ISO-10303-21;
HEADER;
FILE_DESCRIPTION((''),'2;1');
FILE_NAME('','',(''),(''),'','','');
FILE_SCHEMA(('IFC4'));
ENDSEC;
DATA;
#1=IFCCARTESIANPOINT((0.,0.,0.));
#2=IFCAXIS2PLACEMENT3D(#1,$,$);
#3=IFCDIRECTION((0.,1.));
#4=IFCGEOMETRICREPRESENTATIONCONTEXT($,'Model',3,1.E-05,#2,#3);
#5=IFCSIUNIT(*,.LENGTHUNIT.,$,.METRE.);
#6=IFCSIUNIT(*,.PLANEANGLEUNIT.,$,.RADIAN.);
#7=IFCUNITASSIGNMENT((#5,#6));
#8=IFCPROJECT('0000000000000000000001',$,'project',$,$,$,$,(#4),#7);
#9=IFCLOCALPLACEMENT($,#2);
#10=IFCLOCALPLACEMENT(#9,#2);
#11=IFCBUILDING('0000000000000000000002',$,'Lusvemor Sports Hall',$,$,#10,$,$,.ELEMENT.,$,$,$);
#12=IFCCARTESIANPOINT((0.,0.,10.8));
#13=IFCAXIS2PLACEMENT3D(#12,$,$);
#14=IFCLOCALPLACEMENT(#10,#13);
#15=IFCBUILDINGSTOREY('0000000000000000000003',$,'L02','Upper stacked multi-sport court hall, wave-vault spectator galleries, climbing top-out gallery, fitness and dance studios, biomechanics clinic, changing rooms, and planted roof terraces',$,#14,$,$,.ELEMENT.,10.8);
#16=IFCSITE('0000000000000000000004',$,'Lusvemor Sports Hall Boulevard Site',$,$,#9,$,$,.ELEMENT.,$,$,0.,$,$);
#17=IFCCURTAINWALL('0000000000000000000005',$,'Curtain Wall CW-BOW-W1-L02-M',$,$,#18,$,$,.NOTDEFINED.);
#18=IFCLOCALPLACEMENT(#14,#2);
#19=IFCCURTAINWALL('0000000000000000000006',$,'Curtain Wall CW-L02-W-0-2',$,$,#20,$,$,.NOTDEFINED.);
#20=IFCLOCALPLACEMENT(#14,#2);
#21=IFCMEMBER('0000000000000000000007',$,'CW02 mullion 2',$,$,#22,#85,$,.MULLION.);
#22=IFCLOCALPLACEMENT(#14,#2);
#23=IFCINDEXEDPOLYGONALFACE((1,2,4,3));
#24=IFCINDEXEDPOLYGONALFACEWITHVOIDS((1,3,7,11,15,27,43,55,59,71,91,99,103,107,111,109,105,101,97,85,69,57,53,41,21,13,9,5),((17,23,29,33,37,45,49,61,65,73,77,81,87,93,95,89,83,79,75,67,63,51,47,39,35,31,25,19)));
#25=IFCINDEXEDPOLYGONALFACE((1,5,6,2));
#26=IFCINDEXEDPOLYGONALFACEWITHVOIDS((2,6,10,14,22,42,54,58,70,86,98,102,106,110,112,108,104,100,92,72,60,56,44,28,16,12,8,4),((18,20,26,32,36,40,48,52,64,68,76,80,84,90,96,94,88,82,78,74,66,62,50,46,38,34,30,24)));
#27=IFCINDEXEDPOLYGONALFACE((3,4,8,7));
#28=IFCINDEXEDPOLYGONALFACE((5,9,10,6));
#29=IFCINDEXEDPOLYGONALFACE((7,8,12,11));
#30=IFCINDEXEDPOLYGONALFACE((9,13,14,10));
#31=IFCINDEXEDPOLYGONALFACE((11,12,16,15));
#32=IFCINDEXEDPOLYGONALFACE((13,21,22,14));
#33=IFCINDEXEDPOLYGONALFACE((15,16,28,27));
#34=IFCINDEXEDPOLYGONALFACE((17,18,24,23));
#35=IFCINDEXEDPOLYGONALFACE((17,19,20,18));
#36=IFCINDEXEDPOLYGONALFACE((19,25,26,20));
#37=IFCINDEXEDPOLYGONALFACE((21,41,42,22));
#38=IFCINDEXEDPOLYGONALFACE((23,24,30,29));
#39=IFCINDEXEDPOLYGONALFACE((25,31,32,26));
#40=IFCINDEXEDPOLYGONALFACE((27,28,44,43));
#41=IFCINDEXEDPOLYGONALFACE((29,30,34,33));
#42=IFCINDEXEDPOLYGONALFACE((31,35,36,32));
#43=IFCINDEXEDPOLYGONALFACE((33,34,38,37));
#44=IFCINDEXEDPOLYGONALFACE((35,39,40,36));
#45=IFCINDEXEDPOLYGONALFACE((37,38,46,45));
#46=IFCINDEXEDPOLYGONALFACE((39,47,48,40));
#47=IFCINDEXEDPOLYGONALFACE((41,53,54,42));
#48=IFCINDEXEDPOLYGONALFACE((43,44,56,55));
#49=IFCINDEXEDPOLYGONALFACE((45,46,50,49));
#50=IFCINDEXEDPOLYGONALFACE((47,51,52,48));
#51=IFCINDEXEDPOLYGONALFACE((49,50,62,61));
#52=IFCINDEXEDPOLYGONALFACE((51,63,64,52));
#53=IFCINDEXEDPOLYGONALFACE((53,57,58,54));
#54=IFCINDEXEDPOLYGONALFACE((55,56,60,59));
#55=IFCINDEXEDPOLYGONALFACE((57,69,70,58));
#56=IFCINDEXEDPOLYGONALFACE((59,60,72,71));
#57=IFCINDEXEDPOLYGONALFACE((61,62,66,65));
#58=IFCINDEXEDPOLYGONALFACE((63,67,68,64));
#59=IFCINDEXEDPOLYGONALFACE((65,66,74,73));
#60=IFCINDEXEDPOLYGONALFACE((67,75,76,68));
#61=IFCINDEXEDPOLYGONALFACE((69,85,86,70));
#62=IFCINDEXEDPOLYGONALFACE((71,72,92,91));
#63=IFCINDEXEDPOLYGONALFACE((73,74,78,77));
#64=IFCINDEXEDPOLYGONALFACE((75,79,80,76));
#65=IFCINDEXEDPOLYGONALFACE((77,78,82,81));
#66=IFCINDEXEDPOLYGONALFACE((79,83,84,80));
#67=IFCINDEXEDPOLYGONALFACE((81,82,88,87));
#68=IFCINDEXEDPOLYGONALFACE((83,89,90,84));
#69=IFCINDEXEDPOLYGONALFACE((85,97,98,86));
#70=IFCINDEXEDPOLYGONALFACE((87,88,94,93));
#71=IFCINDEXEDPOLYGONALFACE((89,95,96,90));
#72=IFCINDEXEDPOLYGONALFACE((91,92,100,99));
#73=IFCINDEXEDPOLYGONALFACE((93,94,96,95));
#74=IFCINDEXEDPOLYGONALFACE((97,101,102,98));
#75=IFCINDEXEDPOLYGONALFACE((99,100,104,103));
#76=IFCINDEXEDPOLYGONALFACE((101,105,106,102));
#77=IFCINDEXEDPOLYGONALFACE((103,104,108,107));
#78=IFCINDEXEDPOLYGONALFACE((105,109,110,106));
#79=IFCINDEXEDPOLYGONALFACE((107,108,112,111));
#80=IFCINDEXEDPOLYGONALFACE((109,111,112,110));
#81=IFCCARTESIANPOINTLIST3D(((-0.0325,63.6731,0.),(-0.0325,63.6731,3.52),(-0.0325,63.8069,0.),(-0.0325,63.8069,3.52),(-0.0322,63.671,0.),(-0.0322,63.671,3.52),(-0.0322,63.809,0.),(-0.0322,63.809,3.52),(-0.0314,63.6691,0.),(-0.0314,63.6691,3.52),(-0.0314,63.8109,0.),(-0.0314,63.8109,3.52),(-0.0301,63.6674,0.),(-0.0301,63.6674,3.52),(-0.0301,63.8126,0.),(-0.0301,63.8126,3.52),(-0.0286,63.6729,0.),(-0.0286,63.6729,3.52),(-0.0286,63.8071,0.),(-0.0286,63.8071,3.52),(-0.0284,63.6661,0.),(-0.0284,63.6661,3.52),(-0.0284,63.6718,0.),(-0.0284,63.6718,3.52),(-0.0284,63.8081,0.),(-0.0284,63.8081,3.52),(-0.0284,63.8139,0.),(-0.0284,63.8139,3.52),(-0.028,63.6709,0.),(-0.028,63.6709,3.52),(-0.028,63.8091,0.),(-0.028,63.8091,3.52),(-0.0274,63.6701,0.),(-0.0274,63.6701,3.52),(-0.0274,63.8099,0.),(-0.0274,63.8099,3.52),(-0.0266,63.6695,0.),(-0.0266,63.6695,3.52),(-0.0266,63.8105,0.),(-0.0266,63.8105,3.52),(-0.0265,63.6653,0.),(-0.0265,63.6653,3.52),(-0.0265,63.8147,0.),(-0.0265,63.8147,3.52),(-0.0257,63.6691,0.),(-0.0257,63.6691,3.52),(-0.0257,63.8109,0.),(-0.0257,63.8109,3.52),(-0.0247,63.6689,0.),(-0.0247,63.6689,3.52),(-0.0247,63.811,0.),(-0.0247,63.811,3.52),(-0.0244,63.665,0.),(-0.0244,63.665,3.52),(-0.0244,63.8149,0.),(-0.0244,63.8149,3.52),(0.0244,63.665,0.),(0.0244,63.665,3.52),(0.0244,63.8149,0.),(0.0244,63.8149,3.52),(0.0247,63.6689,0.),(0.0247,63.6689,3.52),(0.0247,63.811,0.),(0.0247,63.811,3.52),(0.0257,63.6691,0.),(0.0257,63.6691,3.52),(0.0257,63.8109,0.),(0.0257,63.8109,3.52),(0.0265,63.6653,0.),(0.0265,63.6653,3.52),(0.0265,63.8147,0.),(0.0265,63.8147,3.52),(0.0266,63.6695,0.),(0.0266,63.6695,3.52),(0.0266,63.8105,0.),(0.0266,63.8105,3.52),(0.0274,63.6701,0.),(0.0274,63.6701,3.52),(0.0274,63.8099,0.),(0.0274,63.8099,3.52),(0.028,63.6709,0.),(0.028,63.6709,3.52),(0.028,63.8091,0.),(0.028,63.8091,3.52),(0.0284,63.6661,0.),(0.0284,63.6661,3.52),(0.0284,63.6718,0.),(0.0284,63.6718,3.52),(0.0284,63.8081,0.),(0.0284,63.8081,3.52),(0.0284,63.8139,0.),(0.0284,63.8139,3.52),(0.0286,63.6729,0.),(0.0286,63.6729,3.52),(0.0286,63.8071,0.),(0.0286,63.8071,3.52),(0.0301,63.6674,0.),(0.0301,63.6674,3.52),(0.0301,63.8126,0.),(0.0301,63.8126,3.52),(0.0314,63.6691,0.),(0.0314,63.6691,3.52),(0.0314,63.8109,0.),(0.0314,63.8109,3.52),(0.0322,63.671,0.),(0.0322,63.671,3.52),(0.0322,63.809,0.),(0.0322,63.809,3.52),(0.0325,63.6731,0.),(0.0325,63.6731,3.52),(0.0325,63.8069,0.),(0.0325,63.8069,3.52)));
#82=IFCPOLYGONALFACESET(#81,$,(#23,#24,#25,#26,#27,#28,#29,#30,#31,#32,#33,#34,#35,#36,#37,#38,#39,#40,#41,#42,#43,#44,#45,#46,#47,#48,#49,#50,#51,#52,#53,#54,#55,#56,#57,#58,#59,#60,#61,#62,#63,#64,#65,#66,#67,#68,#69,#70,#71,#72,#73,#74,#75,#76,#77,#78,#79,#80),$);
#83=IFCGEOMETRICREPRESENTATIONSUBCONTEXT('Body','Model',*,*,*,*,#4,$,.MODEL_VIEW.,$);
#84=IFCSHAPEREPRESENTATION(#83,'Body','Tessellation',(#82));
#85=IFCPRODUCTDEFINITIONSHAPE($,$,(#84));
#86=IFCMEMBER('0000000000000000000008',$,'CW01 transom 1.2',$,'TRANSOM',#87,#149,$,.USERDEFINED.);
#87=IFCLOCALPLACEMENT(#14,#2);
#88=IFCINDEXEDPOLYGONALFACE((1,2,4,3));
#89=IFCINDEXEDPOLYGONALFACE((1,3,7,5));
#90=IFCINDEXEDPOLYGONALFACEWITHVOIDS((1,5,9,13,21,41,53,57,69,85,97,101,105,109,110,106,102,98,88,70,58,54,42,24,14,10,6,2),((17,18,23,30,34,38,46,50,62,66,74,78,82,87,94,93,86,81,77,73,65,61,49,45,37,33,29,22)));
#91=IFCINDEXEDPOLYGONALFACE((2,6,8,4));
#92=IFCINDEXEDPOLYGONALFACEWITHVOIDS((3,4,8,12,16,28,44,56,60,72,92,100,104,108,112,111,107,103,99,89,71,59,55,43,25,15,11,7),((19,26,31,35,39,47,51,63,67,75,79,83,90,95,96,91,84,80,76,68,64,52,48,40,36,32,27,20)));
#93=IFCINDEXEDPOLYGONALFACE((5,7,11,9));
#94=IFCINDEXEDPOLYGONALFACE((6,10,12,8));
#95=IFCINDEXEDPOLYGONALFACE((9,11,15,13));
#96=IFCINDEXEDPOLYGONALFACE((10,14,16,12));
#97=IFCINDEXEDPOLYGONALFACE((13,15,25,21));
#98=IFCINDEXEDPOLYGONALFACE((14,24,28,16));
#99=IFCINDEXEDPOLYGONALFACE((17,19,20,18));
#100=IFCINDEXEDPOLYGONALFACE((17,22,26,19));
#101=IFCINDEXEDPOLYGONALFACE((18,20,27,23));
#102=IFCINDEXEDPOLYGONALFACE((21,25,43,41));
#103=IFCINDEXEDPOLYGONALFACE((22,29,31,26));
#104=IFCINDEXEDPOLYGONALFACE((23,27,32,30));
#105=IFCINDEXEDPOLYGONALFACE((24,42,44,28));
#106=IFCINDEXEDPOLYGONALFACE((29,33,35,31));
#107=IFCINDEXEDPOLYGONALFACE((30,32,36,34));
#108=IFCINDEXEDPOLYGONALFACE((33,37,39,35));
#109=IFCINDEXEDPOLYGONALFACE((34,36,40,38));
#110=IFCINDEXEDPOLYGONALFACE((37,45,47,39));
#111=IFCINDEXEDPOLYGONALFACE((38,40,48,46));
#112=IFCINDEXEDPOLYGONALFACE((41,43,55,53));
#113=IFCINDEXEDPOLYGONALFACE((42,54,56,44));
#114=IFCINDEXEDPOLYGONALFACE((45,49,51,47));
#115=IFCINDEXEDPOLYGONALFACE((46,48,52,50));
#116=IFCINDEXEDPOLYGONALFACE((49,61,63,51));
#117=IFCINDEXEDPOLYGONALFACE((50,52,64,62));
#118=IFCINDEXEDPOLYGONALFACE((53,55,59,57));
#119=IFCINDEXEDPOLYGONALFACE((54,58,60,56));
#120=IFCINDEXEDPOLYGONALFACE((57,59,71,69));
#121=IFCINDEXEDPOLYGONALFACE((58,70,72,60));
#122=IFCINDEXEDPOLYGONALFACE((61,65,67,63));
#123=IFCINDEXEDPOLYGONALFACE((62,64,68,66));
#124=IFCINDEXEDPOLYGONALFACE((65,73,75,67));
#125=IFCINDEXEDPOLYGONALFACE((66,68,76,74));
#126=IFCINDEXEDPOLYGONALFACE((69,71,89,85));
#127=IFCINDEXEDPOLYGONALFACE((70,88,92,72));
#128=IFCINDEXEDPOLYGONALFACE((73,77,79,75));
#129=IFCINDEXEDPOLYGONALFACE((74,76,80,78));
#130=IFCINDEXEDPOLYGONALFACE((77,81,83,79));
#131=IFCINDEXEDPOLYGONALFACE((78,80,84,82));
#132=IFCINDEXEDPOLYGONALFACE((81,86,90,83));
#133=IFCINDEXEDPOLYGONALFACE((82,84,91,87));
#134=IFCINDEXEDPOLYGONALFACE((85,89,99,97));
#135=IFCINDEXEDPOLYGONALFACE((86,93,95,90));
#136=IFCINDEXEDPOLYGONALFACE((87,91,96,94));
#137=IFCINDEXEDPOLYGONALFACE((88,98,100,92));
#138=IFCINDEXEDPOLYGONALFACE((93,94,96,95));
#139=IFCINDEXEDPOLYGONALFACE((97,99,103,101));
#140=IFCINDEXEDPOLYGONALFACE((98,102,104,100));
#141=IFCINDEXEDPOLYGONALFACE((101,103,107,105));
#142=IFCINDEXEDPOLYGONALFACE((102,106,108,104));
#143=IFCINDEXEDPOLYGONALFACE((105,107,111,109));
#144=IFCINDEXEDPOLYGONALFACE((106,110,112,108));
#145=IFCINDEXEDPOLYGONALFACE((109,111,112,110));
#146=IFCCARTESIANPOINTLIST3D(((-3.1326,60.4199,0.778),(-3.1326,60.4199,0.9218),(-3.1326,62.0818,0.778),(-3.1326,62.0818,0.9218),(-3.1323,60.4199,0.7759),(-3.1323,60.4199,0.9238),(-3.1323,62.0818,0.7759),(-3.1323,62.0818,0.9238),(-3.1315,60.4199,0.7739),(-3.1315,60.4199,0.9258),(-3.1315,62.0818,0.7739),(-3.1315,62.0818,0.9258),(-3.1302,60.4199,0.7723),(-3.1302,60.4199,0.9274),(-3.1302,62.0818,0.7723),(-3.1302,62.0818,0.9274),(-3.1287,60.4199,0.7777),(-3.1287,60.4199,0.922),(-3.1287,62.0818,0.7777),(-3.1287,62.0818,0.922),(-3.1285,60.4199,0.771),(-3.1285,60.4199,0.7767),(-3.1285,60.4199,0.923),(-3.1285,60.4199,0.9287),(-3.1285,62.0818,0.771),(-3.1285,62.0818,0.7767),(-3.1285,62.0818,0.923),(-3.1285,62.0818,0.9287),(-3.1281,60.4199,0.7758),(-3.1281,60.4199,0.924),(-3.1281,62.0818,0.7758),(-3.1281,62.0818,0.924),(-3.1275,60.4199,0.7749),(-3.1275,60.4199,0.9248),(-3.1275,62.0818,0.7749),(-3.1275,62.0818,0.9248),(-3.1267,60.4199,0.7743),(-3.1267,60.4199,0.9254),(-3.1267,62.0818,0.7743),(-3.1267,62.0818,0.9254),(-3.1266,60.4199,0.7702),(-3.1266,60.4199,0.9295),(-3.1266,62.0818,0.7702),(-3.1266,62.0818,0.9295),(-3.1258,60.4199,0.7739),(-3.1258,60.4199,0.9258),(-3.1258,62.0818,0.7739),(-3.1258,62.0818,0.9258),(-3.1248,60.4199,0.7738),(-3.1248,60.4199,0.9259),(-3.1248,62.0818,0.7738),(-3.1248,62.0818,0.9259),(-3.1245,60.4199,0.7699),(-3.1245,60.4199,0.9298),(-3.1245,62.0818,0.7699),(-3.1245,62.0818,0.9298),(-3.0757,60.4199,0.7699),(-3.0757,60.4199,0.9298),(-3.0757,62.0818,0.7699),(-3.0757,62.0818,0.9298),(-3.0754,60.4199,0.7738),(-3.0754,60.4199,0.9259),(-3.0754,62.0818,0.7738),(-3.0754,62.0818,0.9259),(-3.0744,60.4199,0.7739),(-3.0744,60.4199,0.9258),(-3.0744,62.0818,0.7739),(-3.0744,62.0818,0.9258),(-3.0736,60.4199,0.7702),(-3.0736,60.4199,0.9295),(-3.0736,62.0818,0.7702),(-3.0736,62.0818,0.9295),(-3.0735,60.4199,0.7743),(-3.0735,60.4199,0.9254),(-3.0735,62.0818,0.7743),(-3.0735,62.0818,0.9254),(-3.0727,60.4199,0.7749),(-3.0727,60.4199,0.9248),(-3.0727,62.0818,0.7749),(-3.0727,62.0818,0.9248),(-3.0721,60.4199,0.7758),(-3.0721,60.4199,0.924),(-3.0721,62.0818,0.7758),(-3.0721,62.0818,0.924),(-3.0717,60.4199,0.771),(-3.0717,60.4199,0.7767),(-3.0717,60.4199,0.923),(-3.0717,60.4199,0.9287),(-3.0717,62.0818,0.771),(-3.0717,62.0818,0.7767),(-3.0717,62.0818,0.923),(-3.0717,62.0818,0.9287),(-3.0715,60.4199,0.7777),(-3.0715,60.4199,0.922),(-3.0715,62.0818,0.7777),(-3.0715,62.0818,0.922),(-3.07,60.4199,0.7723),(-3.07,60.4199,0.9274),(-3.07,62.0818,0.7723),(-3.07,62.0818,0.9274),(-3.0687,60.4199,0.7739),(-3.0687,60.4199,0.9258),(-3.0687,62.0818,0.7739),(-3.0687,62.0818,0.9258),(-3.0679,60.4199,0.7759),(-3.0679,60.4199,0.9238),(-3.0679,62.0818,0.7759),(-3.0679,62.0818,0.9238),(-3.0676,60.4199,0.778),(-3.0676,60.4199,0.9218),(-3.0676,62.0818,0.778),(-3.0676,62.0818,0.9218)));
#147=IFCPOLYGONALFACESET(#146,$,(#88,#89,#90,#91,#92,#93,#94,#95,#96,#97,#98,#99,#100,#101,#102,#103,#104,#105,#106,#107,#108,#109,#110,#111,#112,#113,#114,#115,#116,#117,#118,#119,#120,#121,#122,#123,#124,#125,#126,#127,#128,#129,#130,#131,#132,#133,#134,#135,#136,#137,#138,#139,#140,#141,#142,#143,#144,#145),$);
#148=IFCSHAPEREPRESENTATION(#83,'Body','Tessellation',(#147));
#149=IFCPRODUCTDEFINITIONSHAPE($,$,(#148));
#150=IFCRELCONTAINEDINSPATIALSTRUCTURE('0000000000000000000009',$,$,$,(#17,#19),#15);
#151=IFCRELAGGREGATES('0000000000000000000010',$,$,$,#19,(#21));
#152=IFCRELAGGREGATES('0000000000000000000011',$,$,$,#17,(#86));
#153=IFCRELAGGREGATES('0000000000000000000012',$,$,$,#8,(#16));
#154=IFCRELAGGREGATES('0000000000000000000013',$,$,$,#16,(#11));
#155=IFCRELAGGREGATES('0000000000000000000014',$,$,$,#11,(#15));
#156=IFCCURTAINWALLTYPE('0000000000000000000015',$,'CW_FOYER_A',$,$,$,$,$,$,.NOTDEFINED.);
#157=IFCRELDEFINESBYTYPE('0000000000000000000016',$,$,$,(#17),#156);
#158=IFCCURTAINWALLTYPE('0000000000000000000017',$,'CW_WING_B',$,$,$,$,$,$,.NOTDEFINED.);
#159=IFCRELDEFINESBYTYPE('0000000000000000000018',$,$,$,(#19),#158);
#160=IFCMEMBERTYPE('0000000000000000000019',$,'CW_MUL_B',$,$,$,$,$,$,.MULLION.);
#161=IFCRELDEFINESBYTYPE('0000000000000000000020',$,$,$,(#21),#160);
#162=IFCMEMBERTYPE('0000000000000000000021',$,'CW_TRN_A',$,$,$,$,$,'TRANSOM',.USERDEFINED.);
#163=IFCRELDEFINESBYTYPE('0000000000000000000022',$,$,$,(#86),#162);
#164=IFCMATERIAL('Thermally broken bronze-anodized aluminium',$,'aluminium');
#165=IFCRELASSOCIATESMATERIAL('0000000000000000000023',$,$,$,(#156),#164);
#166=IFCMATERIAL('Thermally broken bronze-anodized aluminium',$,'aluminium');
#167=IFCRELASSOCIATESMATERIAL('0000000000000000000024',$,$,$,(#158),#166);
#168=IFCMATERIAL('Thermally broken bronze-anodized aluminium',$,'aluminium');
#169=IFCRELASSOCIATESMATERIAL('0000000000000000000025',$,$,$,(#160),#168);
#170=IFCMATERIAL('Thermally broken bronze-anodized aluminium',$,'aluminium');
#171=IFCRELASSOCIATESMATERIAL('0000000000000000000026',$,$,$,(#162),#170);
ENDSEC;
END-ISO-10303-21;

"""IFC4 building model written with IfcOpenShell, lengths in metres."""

from ifc_helpers import new_model, si_unit, direction, frame, origin, origin_2d, place, context, subcontext, project, spatial, hollow_rectangle, extrude, material, material_profile, profile_set, type_object, element, aggregate, save


model = new_model("IFC4")

# Units and contexts
model_context = context("Model", 3, precision=1e-05, world=origin(), true_north=direction((0.0, 1.0)))
body_context = subcontext(model_context, "Body", "Model", "MODEL_VIEW")
ifc_project = project(units=[si_unit("LENGTHUNIT", "METRE"), si_unit("PLANEANGLEUNIT", "RADIAN")], contexts=[model_context])

# Site, building, storey
site_placement = place(None, origin())
site = spatial("IfcSite", under=ifc_project, at=site_placement, Name="Lusvemor Sports Hall Boulevard Site", CompositionType="ELEMENT", RefElevation=0.0)
building_placement = place(site_placement, origin())
building = spatial("IfcBuilding", under=site, at=building_placement, Name="Lusvemor Sports Hall", CompositionType="ELEMENT")
storey_placement = place(building_placement, frame((0.0, 0.0, 10.8)))
storey = spatial("IfcBuildingStorey", under=building, at=storey_placement, Name="L02", Description="Upper stacked multi-sport court hall, wave-vault spectator galleries, climbing top-out gallery, fitness and dance studios, biomechanics clinic, changing rooms, and planted roof terraces", CompositionType="ELEMENT", Elevation=10.8)

# Curtain wall
ifc_material_1 = material(Name="Thermally broken bronze-anodized aluminium", Category="aluminium")
curtain_wall_type_1 = type_object("IfcCurtainWallType", Name="CW_FOYER_A", PredefinedType="NOTDEFINED", material=ifc_material_1)
curtain_wall_1_placement = place(storey_placement, origin())
curtain_wall_1 = element("IfcCurtainWall", 1, at=curtain_wall_1_placement, inside=storey, type_object=curtain_wall_type_1, Name="Curtain Wall CW-BOW-W1-L02-M", PredefinedType="NOTDEFINED")

# Curtain wall, member
ifc_material_2 = material(Name="Thermally broken bronze-anodized aluminium", Category="aluminium")
curtain_wall_type_2 = type_object("IfcCurtainWallType", Name="CW_WING_B", PredefinedType="NOTDEFINED", material=ifc_material_2)
curtain_wall_2_placement = place(storey_placement, origin())
curtain_wall_2 = element("IfcCurtainWall", 2, at=curtain_wall_2_placement, inside=storey, type_object=curtain_wall_type_2, Name="Curtain Wall CW-L02-W-0-2", PredefinedType="NOTDEFINED")
ifc_material_3 = material(Name="Thermally broken bronze-anodized aluminium", Category="aluminium")
ifc_material_profile_1 = material_profile(ifc_material_3, hollow_rectangle(XDim=0.0649, YDim=0.1499, WallThickness=0.0039, InnerFilletRadius=0.0039, OuterFilletRadius=0.0081, at=origin_2d()), Name="CWMUL150x65x4")
ifc_profile_set_1 = profile_set([ifc_material_profile_1], Name="Thermally broken bronze-anodized aluminium")
member_type_1 = type_object("IfcMemberType", Name="CW_MUL_B", PredefinedType="MULLION", material=ifc_profile_set_1)
member_1_placement = place(storey_placement, frame((0.0, 63.74, 0.0), z_axis=(0.0, 0.0, 1.0), x_axis=(-1.0, 0.0, 0.0)))
member_1 = element("IfcMember", 3, at=member_1_placement, type_object=member_type_1, Name="CW02 mullion 2", PredefinedType="MULLION", context=body_context, shape_type="SweptSolid", body=[
    extrude(hollow_rectangle(XDim=0.0649, YDim=0.1499, WallThickness=0.0039, InnerFilletRadius=0.0039, OuterFilletRadius=0.0081, at=origin_2d()), origin(), (0.0, 0.0, 1.0), 3.52),
])

# Member
ifc_material_4 = material(Name="Thermally broken bronze-anodized aluminium", Category="aluminium")
ifc_material_profile_2 = material_profile(ifc_material_4, hollow_rectangle(XDim=0.0649, YDim=0.1599, WallThickness=0.0039, InnerFilletRadius=0.0039, OuterFilletRadius=0.0081, at=origin_2d()), Name="CWTRN160x65x4")
ifc_profile_set_2 = profile_set([ifc_material_profile_2], Name="Thermally broken bronze-anodized aluminium")
member_type_2 = type_object("IfcMemberType", Name="CW_TRN_A", ElementType="TRANSOM", PredefinedType="USERDEFINED", material=ifc_profile_set_2)
member_2_placement = place(storey_placement, frame((-3.1001, 60.4199, 0.8499), z_axis=(0.0, 1.0, 0.0), x_axis=(-1.0, 0.0, 0.0)))
member_2 = element("IfcMember", 4, at=member_2_placement, type_object=member_type_2, Name="CW01 transom 1.2", ObjectType="TRANSOM", PredefinedType="USERDEFINED", context=body_context, shape_type="SweptSolid", body=[
    extrude(hollow_rectangle(XDim=0.0649, YDim=0.1599, WallThickness=0.0039, InnerFilletRadius=0.0039, OuterFilletRadius=0.0081, at=origin_2d()), origin(), (0.0, 0.0, 1.0), 1.6619),
])

aggregate(curtain_wall_2, [member_1])
aggregate(curtain_wall_1, [member_2])

save(model, "model.ifc")
